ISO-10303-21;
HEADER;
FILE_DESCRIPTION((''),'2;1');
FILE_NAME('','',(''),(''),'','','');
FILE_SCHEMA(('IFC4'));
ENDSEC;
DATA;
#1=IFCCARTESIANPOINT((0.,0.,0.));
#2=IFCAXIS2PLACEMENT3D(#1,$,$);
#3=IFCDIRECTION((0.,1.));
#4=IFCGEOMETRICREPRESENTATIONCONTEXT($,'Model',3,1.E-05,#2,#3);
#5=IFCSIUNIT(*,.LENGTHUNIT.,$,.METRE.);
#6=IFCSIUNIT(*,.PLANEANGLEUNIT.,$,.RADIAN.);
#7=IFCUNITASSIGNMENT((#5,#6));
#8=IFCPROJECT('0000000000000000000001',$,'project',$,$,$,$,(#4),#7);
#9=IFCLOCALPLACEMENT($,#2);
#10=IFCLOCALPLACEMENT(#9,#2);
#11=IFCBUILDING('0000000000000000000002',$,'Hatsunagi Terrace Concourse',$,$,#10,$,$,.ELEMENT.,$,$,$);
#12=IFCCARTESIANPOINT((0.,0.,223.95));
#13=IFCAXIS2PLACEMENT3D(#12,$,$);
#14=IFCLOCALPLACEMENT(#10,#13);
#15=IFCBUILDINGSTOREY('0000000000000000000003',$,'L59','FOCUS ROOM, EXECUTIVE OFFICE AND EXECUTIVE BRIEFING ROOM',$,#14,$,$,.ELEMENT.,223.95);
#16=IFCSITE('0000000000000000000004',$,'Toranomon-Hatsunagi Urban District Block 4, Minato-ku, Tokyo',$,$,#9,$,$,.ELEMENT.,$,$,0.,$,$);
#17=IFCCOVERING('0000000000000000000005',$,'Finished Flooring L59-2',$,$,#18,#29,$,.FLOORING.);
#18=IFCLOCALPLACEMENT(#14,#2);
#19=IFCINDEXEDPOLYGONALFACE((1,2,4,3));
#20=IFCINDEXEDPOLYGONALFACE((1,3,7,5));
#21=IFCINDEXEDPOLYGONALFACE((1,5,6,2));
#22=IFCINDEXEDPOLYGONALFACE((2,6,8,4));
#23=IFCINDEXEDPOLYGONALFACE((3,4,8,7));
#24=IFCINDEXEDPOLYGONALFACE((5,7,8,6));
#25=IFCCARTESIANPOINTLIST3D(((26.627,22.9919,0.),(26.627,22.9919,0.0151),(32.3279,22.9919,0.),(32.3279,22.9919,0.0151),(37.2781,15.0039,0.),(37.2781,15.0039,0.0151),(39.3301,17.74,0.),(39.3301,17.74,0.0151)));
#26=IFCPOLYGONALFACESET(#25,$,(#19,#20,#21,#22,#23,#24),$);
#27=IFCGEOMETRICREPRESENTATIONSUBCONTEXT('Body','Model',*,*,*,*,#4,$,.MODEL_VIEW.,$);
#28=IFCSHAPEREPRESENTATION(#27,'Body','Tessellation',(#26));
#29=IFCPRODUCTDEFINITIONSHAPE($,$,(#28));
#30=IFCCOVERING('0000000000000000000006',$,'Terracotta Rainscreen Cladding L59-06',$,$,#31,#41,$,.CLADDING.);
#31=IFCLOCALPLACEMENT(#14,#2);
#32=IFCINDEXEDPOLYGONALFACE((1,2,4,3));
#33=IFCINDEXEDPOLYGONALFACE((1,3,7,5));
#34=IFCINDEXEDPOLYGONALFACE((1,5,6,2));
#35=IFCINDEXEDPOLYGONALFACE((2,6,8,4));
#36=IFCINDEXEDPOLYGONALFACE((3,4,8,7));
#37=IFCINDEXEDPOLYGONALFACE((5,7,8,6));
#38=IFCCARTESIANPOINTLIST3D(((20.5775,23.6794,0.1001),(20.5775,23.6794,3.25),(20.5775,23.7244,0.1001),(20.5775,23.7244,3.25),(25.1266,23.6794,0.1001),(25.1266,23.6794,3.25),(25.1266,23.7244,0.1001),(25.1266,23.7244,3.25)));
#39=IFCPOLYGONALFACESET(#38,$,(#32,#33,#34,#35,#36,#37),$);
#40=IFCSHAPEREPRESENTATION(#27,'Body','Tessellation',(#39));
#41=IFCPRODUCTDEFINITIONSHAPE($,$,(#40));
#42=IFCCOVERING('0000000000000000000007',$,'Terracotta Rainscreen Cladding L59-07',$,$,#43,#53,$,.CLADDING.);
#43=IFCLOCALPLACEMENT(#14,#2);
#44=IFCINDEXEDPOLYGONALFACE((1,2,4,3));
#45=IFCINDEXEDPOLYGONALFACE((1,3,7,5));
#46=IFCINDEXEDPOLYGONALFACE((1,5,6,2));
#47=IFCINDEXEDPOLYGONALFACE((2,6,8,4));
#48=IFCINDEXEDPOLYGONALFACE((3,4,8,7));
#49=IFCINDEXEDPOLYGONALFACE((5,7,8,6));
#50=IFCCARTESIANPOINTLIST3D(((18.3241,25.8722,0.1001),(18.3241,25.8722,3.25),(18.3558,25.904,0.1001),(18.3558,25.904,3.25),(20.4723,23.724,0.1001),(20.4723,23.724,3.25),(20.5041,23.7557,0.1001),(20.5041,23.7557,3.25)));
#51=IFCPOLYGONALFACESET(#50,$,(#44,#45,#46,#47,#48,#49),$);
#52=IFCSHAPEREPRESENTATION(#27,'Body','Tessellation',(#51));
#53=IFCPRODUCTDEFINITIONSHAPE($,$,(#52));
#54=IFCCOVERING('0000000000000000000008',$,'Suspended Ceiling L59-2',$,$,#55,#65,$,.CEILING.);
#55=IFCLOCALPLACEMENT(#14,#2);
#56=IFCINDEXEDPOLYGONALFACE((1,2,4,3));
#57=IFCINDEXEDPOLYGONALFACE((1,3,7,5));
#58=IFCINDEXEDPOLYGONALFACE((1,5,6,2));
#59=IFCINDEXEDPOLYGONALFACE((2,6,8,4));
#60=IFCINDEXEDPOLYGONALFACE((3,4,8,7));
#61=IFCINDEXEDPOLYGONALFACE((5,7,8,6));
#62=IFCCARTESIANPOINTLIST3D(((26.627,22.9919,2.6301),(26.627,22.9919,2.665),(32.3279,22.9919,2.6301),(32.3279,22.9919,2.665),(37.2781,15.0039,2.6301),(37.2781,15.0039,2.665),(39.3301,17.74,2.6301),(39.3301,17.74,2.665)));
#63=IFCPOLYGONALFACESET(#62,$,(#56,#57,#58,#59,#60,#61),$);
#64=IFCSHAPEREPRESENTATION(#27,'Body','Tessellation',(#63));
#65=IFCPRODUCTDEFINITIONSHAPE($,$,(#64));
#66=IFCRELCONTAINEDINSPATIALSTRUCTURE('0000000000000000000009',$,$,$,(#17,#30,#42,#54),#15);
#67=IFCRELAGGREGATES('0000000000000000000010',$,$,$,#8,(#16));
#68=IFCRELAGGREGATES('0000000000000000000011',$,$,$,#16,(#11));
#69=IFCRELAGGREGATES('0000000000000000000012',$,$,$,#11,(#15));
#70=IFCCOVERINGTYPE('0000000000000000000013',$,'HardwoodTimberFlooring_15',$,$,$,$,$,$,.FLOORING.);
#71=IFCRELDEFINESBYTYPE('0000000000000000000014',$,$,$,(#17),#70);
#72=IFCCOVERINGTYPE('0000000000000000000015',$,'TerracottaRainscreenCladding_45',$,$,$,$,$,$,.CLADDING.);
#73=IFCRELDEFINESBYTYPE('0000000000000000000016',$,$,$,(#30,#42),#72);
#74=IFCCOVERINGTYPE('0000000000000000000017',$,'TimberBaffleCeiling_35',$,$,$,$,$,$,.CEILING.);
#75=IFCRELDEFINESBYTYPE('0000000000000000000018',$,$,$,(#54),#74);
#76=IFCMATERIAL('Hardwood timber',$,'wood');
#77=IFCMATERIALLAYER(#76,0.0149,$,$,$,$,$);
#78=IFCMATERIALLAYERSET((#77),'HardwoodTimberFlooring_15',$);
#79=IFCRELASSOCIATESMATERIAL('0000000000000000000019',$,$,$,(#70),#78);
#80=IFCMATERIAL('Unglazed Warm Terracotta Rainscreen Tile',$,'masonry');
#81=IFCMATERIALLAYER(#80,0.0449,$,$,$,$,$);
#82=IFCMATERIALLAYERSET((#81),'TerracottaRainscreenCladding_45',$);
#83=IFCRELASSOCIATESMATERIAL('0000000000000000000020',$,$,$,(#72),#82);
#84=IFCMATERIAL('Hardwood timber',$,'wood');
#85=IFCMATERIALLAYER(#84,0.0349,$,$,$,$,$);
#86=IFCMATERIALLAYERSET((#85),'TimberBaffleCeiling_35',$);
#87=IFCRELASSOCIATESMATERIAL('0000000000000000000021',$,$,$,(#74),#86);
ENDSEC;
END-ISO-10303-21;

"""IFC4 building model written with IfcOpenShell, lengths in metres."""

from ifc_helpers import new_model, si_unit, direction, frame, origin, origin_2d, place, context, subcontext, project, spatial, polyline, rectangle, outline, extrude, material, layer, layer_set, type_object, element, save


model = new_model("IFC4")

# Units and contexts
model_context = context("Model", 3, precision=1e-05, world=origin(), true_north=direction((0.0, 1.0)))
body_context = subcontext(model_context, "Body", "Model", "MODEL_VIEW")
ifc_project = project(units=[si_unit("LENGTHUNIT", "METRE"), si_unit("PLANEANGLEUNIT", "RADIAN")], contexts=[model_context])

# Site, building, storey
site_placement = place(None, origin())
site = spatial("IfcSite", under=ifc_project, at=site_placement, Name="Toranomon-Hatsunagi Urban District Block 4, Minato-ku, Tokyo", CompositionType="ELEMENT", RefElevation=0.0)
building_placement = place(site_placement, origin())
building = spatial("IfcBuilding", under=site, at=building_placement, Name="Hatsunagi Terrace Concourse", CompositionType="ELEMENT")
storey_placement = place(building_placement, frame((0.0, 0.0, 223.95)))
storey = spatial("IfcBuildingStorey", under=building, at=storey_placement, Name="L59", Description="FOCUS ROOM, EXECUTIVE OFFICE AND EXECUTIVE BRIEFING ROOM", CompositionType="ELEMENT", Elevation=223.95)

# Coverings
ifc_material_1 = material(Name="Hardwood timber", Category="wood")
ifc_layer_1 = layer(ifc_material_1, 0.0149)
ifc_layer_set_1 = layer_set([ifc_layer_1], Name="HardwoodTimberFlooring_15")
covering_type_1 = type_object("IfcCoveringType", Name="HardwoodTimberFlooring_15", PredefinedType="FLOORING", material=ifc_layer_set_1)
covering_1_placement = place(storey_placement, origin())
element("IfcCovering", 1, at=covering_1_placement, inside=storey, type_object=covering_type_1, Name="Finished Flooring L59-2", PredefinedType="FLOORING", context=body_context, shape_type="SweptSolid", body=[
    extrude(outline(polyline([(26.627, 22.9919), (37.2781, 15.0039), (39.3301, 17.74), (32.3279, 22.9919), (26.627, 22.9919)])), origin(), (0.0, 0.0, 1.0), 0.0151),
])
ifc_material_2 = material(Name="Unglazed Warm Terracotta Rainscreen Tile", Category="masonry")
ifc_layer_2 = layer(ifc_material_2, 0.0449)
ifc_layer_set_2 = layer_set([ifc_layer_2], Name="TerracottaRainscreenCladding_45")
covering_type_2 = type_object("IfcCoveringType", Name="TerracottaRainscreenCladding_45", PredefinedType="CLADDING", material=ifc_layer_set_2)
covering_2_placement = place(storey_placement, frame((22.8521, 23.7019, 0.1001), z_axis=(0.0, 0.0, 1.0), x_axis=(-1.0, 0.0, 0.0)))
element("IfcCovering", 2, at=covering_2_placement, inside=storey, type_object=covering_type_2, Name="Terracotta Rainscreen Cladding L59-06", PredefinedType="CLADDING", context=body_context, shape_type="SweptSolid", body=[
    extrude(rectangle(XDim=4.5491, YDim=0.0449, at=origin_2d()), origin(), (0.0, 0.0, 1.0), 3.1499),
])
covering_3_placement = place(storey_placement, frame((19.4141, 24.814, 0.1001), z_axis=(0.0, 0.0, 1.0), x_axis=(-0.707107, 0.707107, 0.0)))
element("IfcCovering", 3, at=covering_3_placement, inside=storey, type_object=covering_type_2, Name="Terracotta Rainscreen Cladding L59-07", PredefinedType="CLADDING", context=body_context, shape_type="SweptSolid", body=[
    extrude(rectangle(XDim=3.0381, YDim=0.0449, at=origin_2d()), origin(), (0.0, 0.0, 1.0), 3.1499),
])
ifc_material_3 = material(Name="Hardwood timber", Category="wood")
ifc_layer_3 = layer(ifc_material_3, 0.0349)
ifc_layer_set_3 = layer_set([ifc_layer_3], Name="TimberBaffleCeiling_35")
covering_type_3 = type_object("IfcCoveringType", Name="TimberBaffleCeiling_35", PredefinedType="CEILING", material=ifc_layer_set_3)
covering_4_placement = place(storey_placement, frame((0.0, 0.0, 2.6301)))
element("IfcCovering", 4, at=covering_4_placement, inside=storey, type_object=covering_type_3, Name="Suspended Ceiling L59-2", PredefinedType="CEILING", context=body_context, shape_type="SweptSolid", body=[
    extrude(outline(polyline([(26.627, 22.9919), (37.2781, 15.0039), (39.3301, 17.74), (32.3279, 22.9919), (26.627, 22.9919)])), origin(), (0.0, 0.0, 1.0), 0.0349),
])

save(model, "model.ifc")
